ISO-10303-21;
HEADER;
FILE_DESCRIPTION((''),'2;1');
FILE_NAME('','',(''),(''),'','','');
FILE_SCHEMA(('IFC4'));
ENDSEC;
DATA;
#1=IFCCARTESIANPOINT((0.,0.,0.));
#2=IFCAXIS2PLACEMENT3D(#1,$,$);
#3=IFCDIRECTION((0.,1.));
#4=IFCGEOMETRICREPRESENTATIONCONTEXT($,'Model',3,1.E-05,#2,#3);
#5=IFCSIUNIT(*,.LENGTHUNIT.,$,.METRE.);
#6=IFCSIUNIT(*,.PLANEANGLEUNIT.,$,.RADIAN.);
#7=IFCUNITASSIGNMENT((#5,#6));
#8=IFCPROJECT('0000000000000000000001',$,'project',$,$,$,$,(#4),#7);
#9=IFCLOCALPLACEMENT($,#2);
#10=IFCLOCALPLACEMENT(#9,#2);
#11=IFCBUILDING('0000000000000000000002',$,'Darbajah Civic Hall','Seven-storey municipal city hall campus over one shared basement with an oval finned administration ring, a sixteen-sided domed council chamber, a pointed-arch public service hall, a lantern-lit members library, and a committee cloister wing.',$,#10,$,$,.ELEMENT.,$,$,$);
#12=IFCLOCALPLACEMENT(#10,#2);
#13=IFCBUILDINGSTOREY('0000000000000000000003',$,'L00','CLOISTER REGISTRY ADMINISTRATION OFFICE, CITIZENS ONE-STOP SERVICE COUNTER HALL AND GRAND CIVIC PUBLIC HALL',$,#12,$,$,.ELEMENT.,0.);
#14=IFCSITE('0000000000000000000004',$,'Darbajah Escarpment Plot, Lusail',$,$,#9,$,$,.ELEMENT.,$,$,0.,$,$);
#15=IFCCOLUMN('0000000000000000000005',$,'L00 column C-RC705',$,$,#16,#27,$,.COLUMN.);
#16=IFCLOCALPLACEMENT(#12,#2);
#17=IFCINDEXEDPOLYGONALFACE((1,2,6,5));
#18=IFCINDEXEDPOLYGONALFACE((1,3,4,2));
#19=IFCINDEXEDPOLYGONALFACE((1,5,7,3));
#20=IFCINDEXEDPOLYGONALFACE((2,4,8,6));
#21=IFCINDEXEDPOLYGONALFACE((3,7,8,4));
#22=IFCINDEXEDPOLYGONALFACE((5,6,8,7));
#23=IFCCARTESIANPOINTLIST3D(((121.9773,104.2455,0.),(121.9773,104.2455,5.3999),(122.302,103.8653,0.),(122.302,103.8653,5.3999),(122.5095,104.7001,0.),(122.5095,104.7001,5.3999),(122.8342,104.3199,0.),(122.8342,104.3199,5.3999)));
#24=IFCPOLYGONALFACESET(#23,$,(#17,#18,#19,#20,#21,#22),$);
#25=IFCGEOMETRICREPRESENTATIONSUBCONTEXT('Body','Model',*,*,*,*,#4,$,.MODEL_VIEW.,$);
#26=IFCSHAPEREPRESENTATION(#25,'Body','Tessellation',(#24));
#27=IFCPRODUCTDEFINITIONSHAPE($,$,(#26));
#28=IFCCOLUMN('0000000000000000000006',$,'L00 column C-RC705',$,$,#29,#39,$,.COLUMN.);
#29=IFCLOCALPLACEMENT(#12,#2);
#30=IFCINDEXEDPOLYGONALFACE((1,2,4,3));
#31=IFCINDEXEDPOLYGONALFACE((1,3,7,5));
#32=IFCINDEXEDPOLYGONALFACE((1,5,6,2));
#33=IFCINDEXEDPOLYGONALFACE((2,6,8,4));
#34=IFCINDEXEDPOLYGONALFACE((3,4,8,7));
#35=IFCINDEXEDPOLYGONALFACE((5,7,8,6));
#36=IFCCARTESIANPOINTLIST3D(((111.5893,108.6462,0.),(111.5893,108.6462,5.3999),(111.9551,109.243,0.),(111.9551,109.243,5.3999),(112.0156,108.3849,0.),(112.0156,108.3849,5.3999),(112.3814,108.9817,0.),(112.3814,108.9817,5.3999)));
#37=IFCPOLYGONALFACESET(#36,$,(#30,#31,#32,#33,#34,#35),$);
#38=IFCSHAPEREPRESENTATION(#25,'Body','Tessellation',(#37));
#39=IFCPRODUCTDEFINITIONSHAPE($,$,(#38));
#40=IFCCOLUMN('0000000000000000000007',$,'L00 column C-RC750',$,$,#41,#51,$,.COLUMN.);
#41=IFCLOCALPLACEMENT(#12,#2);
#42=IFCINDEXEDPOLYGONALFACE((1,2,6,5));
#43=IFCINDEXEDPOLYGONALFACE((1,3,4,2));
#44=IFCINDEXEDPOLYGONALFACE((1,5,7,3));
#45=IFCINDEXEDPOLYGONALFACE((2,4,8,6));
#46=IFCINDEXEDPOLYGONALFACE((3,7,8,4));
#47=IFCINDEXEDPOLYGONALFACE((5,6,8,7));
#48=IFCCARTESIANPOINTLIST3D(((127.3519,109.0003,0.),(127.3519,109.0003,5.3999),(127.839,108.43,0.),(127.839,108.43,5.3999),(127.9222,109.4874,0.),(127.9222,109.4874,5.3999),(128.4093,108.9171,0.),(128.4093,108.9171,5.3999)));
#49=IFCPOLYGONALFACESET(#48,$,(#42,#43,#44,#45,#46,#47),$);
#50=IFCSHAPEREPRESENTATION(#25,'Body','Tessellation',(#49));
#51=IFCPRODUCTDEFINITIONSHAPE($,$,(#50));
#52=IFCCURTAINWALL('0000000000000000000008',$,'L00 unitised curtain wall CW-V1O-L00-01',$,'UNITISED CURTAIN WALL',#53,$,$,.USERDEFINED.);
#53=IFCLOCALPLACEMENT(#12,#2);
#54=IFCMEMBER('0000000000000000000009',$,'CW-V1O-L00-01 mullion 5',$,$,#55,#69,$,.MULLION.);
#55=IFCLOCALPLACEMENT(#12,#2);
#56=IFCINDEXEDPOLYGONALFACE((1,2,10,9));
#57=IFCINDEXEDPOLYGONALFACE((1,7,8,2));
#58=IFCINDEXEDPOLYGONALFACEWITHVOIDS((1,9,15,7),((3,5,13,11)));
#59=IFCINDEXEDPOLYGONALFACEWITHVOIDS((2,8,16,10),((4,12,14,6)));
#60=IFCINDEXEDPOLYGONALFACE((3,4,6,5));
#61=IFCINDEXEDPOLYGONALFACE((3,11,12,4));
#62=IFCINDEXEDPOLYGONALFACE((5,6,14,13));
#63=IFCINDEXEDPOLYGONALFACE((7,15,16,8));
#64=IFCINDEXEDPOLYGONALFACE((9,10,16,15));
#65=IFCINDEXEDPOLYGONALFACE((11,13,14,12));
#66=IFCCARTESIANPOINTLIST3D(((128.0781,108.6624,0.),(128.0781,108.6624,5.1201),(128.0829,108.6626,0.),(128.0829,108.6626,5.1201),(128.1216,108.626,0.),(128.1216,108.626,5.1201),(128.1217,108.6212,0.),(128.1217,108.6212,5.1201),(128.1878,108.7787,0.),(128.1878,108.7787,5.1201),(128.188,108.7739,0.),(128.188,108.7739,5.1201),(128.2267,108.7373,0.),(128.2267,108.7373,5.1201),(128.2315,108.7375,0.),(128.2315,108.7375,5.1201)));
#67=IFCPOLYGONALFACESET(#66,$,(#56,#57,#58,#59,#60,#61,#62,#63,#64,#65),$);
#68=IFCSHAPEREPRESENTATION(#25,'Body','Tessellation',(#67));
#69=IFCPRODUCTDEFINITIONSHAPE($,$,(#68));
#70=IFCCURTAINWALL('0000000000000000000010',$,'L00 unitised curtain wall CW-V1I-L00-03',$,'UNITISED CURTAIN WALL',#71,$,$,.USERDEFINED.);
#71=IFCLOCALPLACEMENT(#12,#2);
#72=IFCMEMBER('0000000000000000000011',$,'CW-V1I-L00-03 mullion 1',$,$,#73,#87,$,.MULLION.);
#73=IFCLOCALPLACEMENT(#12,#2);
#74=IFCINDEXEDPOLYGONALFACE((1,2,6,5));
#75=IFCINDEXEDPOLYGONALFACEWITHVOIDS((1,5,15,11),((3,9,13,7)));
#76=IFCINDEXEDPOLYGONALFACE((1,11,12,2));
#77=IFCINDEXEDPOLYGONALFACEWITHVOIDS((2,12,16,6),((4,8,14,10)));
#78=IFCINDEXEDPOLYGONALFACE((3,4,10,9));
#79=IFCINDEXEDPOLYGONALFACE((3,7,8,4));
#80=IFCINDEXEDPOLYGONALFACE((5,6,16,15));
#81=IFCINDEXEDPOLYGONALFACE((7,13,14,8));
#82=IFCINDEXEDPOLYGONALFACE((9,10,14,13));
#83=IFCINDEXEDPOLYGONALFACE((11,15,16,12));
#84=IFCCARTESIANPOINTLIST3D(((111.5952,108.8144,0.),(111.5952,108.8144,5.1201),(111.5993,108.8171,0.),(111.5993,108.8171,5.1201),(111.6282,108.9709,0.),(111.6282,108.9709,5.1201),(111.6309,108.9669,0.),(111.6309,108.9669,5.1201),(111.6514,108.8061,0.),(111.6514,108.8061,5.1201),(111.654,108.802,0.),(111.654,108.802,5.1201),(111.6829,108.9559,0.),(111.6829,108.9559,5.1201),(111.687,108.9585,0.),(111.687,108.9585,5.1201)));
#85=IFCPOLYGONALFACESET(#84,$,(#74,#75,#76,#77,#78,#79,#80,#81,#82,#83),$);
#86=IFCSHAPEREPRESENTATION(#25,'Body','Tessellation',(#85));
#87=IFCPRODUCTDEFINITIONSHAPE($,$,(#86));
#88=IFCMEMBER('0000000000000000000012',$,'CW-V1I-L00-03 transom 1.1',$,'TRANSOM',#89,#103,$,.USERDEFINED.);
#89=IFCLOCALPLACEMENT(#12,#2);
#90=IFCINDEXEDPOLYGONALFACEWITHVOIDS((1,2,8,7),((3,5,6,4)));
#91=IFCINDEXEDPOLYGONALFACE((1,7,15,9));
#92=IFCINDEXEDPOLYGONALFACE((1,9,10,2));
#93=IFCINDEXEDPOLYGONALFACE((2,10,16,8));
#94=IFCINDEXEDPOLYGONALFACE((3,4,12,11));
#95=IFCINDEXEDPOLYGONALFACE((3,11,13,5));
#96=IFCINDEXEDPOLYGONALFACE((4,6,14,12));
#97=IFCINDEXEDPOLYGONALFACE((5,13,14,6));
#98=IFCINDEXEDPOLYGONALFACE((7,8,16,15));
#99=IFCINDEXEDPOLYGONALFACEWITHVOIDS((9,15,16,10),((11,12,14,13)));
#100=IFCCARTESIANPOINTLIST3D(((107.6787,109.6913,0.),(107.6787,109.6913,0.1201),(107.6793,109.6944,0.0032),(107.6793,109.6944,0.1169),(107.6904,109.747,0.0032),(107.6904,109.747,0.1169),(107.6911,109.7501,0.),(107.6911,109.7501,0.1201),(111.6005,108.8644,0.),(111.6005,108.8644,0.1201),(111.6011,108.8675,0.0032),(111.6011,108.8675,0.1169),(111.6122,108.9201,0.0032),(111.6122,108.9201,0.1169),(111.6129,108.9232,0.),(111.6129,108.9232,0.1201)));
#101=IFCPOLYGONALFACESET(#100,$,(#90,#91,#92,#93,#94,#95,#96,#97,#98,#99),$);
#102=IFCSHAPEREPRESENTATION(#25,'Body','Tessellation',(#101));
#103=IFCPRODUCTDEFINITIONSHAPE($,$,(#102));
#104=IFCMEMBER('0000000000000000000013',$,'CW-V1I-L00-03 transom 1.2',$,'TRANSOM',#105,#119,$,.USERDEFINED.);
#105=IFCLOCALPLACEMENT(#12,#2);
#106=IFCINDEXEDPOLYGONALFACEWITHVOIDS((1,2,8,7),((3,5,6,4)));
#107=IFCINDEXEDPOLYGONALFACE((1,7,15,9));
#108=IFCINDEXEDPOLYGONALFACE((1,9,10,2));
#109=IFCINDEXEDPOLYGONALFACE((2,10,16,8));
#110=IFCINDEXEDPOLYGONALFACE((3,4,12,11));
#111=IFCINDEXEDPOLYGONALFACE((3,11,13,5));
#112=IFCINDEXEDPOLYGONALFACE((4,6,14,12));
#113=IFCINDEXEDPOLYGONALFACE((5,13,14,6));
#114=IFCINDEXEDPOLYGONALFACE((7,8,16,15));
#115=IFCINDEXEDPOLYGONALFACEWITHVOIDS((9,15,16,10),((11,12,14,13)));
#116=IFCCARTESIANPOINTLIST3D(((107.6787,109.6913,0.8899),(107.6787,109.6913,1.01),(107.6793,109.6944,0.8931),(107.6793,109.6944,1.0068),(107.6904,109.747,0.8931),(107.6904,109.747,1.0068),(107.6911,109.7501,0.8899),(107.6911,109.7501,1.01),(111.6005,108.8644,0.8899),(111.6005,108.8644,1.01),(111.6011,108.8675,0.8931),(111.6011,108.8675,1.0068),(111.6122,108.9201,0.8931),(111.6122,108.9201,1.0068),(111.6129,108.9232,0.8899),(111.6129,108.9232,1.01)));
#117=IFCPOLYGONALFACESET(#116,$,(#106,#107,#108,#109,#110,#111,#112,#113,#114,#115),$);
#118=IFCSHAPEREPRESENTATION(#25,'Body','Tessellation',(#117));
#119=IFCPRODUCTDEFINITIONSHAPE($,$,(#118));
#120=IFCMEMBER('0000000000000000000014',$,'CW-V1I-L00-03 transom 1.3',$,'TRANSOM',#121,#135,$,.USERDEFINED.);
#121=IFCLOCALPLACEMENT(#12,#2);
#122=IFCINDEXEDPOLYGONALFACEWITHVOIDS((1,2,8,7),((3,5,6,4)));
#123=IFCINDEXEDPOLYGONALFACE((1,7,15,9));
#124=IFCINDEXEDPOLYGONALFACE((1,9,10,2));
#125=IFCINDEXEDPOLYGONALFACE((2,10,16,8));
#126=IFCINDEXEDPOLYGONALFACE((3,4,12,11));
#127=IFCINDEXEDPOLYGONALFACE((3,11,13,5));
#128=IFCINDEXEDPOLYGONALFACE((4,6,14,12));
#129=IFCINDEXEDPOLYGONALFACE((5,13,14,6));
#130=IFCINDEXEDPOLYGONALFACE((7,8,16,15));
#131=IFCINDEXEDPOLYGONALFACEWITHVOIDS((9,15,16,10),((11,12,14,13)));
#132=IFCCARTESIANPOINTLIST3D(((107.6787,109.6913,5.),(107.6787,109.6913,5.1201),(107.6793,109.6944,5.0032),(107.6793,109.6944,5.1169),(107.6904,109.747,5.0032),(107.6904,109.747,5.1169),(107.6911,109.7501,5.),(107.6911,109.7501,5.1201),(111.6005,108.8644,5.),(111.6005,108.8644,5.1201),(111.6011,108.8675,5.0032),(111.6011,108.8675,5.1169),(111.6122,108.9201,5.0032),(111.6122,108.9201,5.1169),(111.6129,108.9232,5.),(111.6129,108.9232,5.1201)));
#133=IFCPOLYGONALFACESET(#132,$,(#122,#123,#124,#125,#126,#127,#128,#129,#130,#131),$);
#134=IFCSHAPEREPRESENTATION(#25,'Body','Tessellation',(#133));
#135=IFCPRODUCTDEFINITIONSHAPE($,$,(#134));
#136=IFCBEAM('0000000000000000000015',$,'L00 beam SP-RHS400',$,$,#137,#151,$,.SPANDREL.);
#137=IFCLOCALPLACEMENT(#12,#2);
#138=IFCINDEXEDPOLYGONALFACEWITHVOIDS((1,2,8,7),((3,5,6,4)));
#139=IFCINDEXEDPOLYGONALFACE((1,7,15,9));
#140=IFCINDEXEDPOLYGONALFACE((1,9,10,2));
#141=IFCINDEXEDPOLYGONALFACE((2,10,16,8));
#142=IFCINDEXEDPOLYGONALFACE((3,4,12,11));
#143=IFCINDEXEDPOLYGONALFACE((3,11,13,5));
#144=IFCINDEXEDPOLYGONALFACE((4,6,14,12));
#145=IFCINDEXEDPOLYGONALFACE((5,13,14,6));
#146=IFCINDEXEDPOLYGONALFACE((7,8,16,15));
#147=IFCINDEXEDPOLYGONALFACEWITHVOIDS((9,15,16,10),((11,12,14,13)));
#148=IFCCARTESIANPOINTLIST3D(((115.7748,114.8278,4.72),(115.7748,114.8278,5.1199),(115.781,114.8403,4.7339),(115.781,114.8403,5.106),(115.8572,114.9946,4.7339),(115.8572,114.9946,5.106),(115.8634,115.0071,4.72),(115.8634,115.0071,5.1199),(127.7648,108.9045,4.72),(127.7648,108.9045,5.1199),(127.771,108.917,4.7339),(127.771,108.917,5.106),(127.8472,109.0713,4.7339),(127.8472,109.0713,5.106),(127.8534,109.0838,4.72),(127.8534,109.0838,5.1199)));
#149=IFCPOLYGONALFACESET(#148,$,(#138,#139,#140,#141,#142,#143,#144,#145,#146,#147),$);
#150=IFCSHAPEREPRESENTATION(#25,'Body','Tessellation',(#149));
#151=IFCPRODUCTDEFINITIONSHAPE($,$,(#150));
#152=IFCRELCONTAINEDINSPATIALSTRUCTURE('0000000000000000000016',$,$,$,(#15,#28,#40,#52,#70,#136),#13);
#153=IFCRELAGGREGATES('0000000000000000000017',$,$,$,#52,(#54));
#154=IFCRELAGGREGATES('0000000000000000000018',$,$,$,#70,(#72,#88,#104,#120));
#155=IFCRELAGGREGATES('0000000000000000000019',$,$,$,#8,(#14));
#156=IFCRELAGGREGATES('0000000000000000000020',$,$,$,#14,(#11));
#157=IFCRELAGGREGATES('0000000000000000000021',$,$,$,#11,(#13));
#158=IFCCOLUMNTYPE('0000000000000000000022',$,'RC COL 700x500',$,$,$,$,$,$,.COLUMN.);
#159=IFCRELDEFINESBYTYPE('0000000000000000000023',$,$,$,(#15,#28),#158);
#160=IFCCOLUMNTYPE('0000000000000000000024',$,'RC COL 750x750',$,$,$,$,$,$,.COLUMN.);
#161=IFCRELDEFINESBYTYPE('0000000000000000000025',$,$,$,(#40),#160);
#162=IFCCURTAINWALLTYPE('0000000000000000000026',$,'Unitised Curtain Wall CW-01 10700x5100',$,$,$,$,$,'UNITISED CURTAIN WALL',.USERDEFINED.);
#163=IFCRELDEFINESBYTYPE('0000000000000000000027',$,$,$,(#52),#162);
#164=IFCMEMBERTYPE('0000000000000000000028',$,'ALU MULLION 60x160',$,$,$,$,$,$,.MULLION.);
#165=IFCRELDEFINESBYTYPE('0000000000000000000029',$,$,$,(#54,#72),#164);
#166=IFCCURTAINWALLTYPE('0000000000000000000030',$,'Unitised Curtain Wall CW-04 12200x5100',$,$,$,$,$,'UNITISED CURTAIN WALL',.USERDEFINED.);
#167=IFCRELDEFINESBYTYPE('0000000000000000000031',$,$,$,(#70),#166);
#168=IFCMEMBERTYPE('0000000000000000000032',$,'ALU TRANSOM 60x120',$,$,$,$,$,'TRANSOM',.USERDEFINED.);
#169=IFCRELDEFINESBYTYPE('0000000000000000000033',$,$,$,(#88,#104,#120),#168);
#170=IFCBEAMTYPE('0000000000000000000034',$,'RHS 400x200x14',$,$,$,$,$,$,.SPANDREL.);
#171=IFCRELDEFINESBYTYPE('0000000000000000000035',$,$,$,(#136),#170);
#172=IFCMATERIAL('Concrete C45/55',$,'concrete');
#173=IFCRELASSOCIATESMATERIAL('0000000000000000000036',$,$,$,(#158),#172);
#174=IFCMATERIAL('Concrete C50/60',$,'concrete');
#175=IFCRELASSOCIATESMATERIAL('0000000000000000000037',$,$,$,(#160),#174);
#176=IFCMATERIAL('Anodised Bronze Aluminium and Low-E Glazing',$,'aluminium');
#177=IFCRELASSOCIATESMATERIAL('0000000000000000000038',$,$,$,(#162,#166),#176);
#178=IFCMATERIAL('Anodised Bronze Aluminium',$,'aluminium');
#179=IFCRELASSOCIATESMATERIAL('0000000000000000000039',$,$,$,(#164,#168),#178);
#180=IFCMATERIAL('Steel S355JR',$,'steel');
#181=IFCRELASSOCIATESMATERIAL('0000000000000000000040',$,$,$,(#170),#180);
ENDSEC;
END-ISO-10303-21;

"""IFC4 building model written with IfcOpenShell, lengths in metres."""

from ifc_helpers import new_model, si_unit, direction, frame, origin, origin_2d, place, context, subcontext, project, spatial, rectangle, hollow_rectangle, extrude, material, material_profile, profile_set, type_object, element, aggregate, save


model = new_model("IFC4")

# Units and contexts
model_context = context("Model", 3, precision=1e-05, world=origin(), true_north=direction((0.0, 1.0)))
body_context = subcontext(model_context, "Body", "Model", "MODEL_VIEW")
ifc_project = project(units=[si_unit("LENGTHUNIT", "METRE"), si_unit("PLANEANGLEUNIT", "RADIAN")], contexts=[model_context])

# Site, building, storey
site_placement = place(None, origin())
site = spatial("IfcSite", under=ifc_project, at=site_placement, Name="Darbajah Escarpment Plot, Lusail", CompositionType="ELEMENT", RefElevation=0.0)
building_placement = place(site_placement, origin())
building = spatial("IfcBuilding", under=site, at=building_placement, Name="Darbajah Civic Hall", Description="Seven-storey municipal city hall campus over one shared basement with an oval finned administration ring, a sixteen-sided domed council chamber, a pointed-arch public service hall, a lantern-lit members library, and a committee cloister wing.", CompositionType="ELEMENT")
storey_placement = place(building_placement, origin())
storey = spatial("IfcBuildingStorey", under=building, at=storey_placement, Name="L00", Description="CLOISTER REGISTRY ADMINISTRATION OFFICE, CITIZENS ONE-STOP SERVICE COUNTER HALL AND GRAND CIVIC PUBLIC HALL", CompositionType="ELEMENT", Elevation=0.0)

# Columns
ifc_material_1 = material(Name="Concrete C45/55", Category="concrete")
ifc_material_profile_1 = material_profile(ifc_material_1, rectangle(XDim=0.7, YDim=0.5, at=origin_2d()), Name="RC COL 700x500")
ifc_profile_set_1 = profile_set([ifc_material_profile_1], Name="Concrete C45/55")
column_type_1 = type_object("IfcColumnType", Name="RC COL 700x500", PredefinedType="COLUMN", material=ifc_profile_set_1)
for number, where, z_axis, x_axis, name in (
    (1, (122.4058, 104.2827, 0.0), (0.0, 0.0, 1.0), (0.760406, 0.649448, 0.0), "L00 column C-RC705"),
    (2, (111.9854, 108.814, 0.0), (0.0, 0.0, 1.0), (0.522499, 0.85264, 0.0), "L00 column C-RC705"),
):
    element("IfcColumn", number, at=place(storey_placement, frame(where, z_axis=z_axis, x_axis=x_axis)), inside=storey, type_object=column_type_1, Name=name, PredefinedType="COLUMN", context=body_context, shape_type="SweptSolid", body=[
        extrude(rectangle(XDim=0.7, YDim=0.5, at=origin_2d()), origin(), (0.0, 0.0, 1.0), 5.3999),
    ])
ifc_material_2 = material(Name="Concrete C50/60", Category="concrete")
ifc_material_profile_2 = material_profile(ifc_material_2, rectangle(XDim=0.75, YDim=0.75, at=origin_2d()), Name="RC COL 750x750")
ifc_profile_set_2 = profile_set([ifc_material_profile_2], Name="Concrete C50/60")
column_type_2 = type_object("IfcColumnType", Name="RC COL 750x750", PredefinedType="COLUMN", material=ifc_profile_set_2)
column_placement = place(storey_placement, frame((127.8806, 108.9587, 0.0), z_axis=(0.0, 0.0, 1.0), x_axis=(0.760406, 0.649448, 0.0)))
element("IfcColumn", 3, at=column_placement, inside=storey, type_object=column_type_2, Name="L00 column C-RC750", PredefinedType="COLUMN", context=body_context, shape_type="SweptSolid", body=[
    extrude(rectangle(XDim=0.75, YDim=0.75, at=origin_2d()), origin(), (0.0, 0.0, 1.0), 5.3999),
])

# Curtain wall, member
ifc_material_3 = material(Name="Anodised Bronze Aluminium and Low-E Glazing", Category="aluminium")
curtain_wall_type_1 = type_object("IfcCurtainWallType", Name="Unitised Curtain Wall CW-01 10700x5100", ElementType="UNITISED CURTAIN WALL", PredefinedType="USERDEFINED", material=ifc_material_3)
curtain_wall_1_placement = place(storey_placement, origin())
curtain_wall_1 = element("IfcCurtainWall", 4, at=curtain_wall_1_placement, inside=storey, type_object=curtain_wall_type_1, Name="L00 unitised curtain wall CW-V1O-L00-01", ObjectType="UNITISED CURTAIN WALL", PredefinedType="USERDEFINED")
ifc_material_4 = material(Name="Anodised Bronze Aluminium", Category="aluminium")
ifc_material_profile_3 = material_profile(ifc_material_4, hollow_rectangle(XDim=0.0601, YDim=0.1599, WallThickness=0.0034, at=origin_2d()), Name="ALU MULLION 60x160")
ifc_profile_set_3 = profile_set([ifc_material_profile_3], Name="Anodised Bronze Aluminium")
member_type_1 = type_object("IfcMemberType", Name="ALU MULLION 60x160", PredefinedType="MULLION", material=ifc_profile_set_3)
member_1_placement = place(storey_placement, frame((128.1548, 108.7, 0.0), z_axis=(0.0, 0.0, 1.0), x_axis=(-0.727174, 0.686453, 0.0)))
member_1 = element("IfcMember", 5, at=member_1_placement, type_object=member_type_1, Name="CW-V1O-L00-01 mullion 5", PredefinedType="MULLION", context=body_context, shape_type="SweptSolid", body=[
    extrude(hollow_rectangle(XDim=0.0601, YDim=0.1599, WallThickness=0.0034, at=origin_2d()), origin(), (0.0, 0.0, 1.0), 5.1201),
])
aggregate(curtain_wall_1, [member_1])

# Curtain wall, members
curtain_wall_type_2 = type_object("IfcCurtainWallType", Name="Unitised Curtain Wall CW-04 12200x5100", ElementType="UNITISED CURTAIN WALL", PredefinedType="USERDEFINED", material=ifc_material_3)
curtain_wall_2_placement = place(storey_placement, origin())
curtain_wall_2 = element("IfcCurtainWall", 6, at=curtain_wall_2_placement, inside=storey, type_object=curtain_wall_type_2, Name="L00 unitised curtain wall CW-V1I-L00-03", ObjectType="UNITISED CURTAIN WALL", PredefinedType="USERDEFINED")
member_2_placement = place(storey_placement, frame((111.6411, 108.8865, 0.0), z_axis=(0.0, 0.0, 1.0), x_axis=(-0.978473, 0.206375, 0.0)))
member_2 = element("IfcMember", 7, at=member_2_placement, type_object=member_type_1, Name="CW-V1I-L00-03 mullion 1", PredefinedType="MULLION", context=body_context, shape_type="SweptSolid", body=[
    extrude(hollow_rectangle(XDim=0.0601, YDim=0.1599, WallThickness=0.0034, at=origin_2d()), origin(), (0.0, 0.0, 1.0), 5.1201),
])
ifc_material_profile_4 = material_profile(ifc_material_4, hollow_rectangle(XDim=0.0601, YDim=0.1201, WallThickness=0.0032, at=origin_2d()), Name="ALU TRANSOM 60x120")
ifc_profile_set_4 = profile_set([ifc_material_profile_4], Name="Anodised Bronze Aluminium")
member_type_2 = type_object("IfcMemberType", Name="ALU TRANSOM 60x120", ElementType="TRANSOM", PredefinedType="USERDEFINED", material=ifc_profile_set_4)
member_3_placement = place(storey_placement, frame((111.6067, 108.8938, 0.0601), z_axis=(-0.978487, 0.206308, 0.0), x_axis=(-0.206308, -0.978487, 0.0)))
member_3 = element("IfcMember", 8, at=member_3_placement, type_object=member_type_2, Name="CW-V1I-L00-03 transom 1.1", ObjectType="TRANSOM", PredefinedType="USERDEFINED", context=body_context, shape_type="SweptSolid", body=[
    extrude(hollow_rectangle(XDim=0.0601, YDim=0.1201, WallThickness=0.0032, at=origin_2d()), origin(), (0.0, 0.0, 1.0), 4.0081),
])
member_4_placement = place(storey_placement, frame((111.6067, 108.8938, 0.95), z_axis=(-0.978487, 0.206308, 0.0), x_axis=(-0.206308, -0.978487, 0.0)))
member_4 = element("IfcMember", 9, at=member_4_placement, type_object=member_type_2, Name="CW-V1I-L00-03 transom 1.2", ObjectType="TRANSOM", PredefinedType="USERDEFINED", context=body_context, shape_type="SweptSolid", body=[
    extrude(hollow_rectangle(XDim=0.0601, YDim=0.1201, WallThickness=0.0032, at=origin_2d()), origin(), (0.0, 0.0, 1.0), 4.0081),
])
member_5_placement = place(storey_placement, frame((111.6067, 108.8938, 5.0601), z_axis=(-0.978487, 0.206308, 0.0), x_axis=(-0.206308, -0.978487, 0.0)))
member_5 = element("IfcMember", 10, at=member_5_placement, type_object=member_type_2, Name="CW-V1I-L00-03 transom 1.3", ObjectType="TRANSOM", PredefinedType="USERDEFINED", context=body_context, shape_type="SweptSolid", body=[
    extrude(hollow_rectangle(XDim=0.0601, YDim=0.1201, WallThickness=0.0032, at=origin_2d()), origin(), (0.0, 0.0, 1.0), 4.0081),
])
aggregate(curtain_wall_2, [member_2, member_3, member_4, member_5])

# Beam
ifc_material_5 = material(Name="Steel S355JR", Category="steel")
ifc_material_profile_5 = material_profile(ifc_material_5, hollow_rectangle(XDim=0.2, YDim=0.3999, WallThickness=0.0139, at=origin_2d()), Name="RHS 400x200x14")
ifc_profile_set_5 = profile_set([ifc_material_profile_5], Name="Steel S355JR")
beam_type_1 = type_object("IfcBeamType", Name="RHS 400x200x14", PredefinedType="SPANDREL", material=ifc_profile_set_5)
beam_1_placement = place(storey_placement, frame((127.8091, 108.9941, 4.9199), z_axis=(-0.89656, 0.442922, 0.0), x_axis=(-0.442922, -0.89656, 0.0)))
element("IfcBeam", 11, at=beam_1_placement, inside=storey, type_object=beam_type_1, Name="L00 beam SP-RHS400", PredefinedType="SPANDREL", context=body_context, shape_type="SweptSolid", body=[
    extrude(hollow_rectangle(XDim=0.2, YDim=0.3999, WallThickness=0.0139, at=origin_2d()), origin(), (0.0, 0.0, 1.0), 13.3733),
])

save(model, "model.ifc")
